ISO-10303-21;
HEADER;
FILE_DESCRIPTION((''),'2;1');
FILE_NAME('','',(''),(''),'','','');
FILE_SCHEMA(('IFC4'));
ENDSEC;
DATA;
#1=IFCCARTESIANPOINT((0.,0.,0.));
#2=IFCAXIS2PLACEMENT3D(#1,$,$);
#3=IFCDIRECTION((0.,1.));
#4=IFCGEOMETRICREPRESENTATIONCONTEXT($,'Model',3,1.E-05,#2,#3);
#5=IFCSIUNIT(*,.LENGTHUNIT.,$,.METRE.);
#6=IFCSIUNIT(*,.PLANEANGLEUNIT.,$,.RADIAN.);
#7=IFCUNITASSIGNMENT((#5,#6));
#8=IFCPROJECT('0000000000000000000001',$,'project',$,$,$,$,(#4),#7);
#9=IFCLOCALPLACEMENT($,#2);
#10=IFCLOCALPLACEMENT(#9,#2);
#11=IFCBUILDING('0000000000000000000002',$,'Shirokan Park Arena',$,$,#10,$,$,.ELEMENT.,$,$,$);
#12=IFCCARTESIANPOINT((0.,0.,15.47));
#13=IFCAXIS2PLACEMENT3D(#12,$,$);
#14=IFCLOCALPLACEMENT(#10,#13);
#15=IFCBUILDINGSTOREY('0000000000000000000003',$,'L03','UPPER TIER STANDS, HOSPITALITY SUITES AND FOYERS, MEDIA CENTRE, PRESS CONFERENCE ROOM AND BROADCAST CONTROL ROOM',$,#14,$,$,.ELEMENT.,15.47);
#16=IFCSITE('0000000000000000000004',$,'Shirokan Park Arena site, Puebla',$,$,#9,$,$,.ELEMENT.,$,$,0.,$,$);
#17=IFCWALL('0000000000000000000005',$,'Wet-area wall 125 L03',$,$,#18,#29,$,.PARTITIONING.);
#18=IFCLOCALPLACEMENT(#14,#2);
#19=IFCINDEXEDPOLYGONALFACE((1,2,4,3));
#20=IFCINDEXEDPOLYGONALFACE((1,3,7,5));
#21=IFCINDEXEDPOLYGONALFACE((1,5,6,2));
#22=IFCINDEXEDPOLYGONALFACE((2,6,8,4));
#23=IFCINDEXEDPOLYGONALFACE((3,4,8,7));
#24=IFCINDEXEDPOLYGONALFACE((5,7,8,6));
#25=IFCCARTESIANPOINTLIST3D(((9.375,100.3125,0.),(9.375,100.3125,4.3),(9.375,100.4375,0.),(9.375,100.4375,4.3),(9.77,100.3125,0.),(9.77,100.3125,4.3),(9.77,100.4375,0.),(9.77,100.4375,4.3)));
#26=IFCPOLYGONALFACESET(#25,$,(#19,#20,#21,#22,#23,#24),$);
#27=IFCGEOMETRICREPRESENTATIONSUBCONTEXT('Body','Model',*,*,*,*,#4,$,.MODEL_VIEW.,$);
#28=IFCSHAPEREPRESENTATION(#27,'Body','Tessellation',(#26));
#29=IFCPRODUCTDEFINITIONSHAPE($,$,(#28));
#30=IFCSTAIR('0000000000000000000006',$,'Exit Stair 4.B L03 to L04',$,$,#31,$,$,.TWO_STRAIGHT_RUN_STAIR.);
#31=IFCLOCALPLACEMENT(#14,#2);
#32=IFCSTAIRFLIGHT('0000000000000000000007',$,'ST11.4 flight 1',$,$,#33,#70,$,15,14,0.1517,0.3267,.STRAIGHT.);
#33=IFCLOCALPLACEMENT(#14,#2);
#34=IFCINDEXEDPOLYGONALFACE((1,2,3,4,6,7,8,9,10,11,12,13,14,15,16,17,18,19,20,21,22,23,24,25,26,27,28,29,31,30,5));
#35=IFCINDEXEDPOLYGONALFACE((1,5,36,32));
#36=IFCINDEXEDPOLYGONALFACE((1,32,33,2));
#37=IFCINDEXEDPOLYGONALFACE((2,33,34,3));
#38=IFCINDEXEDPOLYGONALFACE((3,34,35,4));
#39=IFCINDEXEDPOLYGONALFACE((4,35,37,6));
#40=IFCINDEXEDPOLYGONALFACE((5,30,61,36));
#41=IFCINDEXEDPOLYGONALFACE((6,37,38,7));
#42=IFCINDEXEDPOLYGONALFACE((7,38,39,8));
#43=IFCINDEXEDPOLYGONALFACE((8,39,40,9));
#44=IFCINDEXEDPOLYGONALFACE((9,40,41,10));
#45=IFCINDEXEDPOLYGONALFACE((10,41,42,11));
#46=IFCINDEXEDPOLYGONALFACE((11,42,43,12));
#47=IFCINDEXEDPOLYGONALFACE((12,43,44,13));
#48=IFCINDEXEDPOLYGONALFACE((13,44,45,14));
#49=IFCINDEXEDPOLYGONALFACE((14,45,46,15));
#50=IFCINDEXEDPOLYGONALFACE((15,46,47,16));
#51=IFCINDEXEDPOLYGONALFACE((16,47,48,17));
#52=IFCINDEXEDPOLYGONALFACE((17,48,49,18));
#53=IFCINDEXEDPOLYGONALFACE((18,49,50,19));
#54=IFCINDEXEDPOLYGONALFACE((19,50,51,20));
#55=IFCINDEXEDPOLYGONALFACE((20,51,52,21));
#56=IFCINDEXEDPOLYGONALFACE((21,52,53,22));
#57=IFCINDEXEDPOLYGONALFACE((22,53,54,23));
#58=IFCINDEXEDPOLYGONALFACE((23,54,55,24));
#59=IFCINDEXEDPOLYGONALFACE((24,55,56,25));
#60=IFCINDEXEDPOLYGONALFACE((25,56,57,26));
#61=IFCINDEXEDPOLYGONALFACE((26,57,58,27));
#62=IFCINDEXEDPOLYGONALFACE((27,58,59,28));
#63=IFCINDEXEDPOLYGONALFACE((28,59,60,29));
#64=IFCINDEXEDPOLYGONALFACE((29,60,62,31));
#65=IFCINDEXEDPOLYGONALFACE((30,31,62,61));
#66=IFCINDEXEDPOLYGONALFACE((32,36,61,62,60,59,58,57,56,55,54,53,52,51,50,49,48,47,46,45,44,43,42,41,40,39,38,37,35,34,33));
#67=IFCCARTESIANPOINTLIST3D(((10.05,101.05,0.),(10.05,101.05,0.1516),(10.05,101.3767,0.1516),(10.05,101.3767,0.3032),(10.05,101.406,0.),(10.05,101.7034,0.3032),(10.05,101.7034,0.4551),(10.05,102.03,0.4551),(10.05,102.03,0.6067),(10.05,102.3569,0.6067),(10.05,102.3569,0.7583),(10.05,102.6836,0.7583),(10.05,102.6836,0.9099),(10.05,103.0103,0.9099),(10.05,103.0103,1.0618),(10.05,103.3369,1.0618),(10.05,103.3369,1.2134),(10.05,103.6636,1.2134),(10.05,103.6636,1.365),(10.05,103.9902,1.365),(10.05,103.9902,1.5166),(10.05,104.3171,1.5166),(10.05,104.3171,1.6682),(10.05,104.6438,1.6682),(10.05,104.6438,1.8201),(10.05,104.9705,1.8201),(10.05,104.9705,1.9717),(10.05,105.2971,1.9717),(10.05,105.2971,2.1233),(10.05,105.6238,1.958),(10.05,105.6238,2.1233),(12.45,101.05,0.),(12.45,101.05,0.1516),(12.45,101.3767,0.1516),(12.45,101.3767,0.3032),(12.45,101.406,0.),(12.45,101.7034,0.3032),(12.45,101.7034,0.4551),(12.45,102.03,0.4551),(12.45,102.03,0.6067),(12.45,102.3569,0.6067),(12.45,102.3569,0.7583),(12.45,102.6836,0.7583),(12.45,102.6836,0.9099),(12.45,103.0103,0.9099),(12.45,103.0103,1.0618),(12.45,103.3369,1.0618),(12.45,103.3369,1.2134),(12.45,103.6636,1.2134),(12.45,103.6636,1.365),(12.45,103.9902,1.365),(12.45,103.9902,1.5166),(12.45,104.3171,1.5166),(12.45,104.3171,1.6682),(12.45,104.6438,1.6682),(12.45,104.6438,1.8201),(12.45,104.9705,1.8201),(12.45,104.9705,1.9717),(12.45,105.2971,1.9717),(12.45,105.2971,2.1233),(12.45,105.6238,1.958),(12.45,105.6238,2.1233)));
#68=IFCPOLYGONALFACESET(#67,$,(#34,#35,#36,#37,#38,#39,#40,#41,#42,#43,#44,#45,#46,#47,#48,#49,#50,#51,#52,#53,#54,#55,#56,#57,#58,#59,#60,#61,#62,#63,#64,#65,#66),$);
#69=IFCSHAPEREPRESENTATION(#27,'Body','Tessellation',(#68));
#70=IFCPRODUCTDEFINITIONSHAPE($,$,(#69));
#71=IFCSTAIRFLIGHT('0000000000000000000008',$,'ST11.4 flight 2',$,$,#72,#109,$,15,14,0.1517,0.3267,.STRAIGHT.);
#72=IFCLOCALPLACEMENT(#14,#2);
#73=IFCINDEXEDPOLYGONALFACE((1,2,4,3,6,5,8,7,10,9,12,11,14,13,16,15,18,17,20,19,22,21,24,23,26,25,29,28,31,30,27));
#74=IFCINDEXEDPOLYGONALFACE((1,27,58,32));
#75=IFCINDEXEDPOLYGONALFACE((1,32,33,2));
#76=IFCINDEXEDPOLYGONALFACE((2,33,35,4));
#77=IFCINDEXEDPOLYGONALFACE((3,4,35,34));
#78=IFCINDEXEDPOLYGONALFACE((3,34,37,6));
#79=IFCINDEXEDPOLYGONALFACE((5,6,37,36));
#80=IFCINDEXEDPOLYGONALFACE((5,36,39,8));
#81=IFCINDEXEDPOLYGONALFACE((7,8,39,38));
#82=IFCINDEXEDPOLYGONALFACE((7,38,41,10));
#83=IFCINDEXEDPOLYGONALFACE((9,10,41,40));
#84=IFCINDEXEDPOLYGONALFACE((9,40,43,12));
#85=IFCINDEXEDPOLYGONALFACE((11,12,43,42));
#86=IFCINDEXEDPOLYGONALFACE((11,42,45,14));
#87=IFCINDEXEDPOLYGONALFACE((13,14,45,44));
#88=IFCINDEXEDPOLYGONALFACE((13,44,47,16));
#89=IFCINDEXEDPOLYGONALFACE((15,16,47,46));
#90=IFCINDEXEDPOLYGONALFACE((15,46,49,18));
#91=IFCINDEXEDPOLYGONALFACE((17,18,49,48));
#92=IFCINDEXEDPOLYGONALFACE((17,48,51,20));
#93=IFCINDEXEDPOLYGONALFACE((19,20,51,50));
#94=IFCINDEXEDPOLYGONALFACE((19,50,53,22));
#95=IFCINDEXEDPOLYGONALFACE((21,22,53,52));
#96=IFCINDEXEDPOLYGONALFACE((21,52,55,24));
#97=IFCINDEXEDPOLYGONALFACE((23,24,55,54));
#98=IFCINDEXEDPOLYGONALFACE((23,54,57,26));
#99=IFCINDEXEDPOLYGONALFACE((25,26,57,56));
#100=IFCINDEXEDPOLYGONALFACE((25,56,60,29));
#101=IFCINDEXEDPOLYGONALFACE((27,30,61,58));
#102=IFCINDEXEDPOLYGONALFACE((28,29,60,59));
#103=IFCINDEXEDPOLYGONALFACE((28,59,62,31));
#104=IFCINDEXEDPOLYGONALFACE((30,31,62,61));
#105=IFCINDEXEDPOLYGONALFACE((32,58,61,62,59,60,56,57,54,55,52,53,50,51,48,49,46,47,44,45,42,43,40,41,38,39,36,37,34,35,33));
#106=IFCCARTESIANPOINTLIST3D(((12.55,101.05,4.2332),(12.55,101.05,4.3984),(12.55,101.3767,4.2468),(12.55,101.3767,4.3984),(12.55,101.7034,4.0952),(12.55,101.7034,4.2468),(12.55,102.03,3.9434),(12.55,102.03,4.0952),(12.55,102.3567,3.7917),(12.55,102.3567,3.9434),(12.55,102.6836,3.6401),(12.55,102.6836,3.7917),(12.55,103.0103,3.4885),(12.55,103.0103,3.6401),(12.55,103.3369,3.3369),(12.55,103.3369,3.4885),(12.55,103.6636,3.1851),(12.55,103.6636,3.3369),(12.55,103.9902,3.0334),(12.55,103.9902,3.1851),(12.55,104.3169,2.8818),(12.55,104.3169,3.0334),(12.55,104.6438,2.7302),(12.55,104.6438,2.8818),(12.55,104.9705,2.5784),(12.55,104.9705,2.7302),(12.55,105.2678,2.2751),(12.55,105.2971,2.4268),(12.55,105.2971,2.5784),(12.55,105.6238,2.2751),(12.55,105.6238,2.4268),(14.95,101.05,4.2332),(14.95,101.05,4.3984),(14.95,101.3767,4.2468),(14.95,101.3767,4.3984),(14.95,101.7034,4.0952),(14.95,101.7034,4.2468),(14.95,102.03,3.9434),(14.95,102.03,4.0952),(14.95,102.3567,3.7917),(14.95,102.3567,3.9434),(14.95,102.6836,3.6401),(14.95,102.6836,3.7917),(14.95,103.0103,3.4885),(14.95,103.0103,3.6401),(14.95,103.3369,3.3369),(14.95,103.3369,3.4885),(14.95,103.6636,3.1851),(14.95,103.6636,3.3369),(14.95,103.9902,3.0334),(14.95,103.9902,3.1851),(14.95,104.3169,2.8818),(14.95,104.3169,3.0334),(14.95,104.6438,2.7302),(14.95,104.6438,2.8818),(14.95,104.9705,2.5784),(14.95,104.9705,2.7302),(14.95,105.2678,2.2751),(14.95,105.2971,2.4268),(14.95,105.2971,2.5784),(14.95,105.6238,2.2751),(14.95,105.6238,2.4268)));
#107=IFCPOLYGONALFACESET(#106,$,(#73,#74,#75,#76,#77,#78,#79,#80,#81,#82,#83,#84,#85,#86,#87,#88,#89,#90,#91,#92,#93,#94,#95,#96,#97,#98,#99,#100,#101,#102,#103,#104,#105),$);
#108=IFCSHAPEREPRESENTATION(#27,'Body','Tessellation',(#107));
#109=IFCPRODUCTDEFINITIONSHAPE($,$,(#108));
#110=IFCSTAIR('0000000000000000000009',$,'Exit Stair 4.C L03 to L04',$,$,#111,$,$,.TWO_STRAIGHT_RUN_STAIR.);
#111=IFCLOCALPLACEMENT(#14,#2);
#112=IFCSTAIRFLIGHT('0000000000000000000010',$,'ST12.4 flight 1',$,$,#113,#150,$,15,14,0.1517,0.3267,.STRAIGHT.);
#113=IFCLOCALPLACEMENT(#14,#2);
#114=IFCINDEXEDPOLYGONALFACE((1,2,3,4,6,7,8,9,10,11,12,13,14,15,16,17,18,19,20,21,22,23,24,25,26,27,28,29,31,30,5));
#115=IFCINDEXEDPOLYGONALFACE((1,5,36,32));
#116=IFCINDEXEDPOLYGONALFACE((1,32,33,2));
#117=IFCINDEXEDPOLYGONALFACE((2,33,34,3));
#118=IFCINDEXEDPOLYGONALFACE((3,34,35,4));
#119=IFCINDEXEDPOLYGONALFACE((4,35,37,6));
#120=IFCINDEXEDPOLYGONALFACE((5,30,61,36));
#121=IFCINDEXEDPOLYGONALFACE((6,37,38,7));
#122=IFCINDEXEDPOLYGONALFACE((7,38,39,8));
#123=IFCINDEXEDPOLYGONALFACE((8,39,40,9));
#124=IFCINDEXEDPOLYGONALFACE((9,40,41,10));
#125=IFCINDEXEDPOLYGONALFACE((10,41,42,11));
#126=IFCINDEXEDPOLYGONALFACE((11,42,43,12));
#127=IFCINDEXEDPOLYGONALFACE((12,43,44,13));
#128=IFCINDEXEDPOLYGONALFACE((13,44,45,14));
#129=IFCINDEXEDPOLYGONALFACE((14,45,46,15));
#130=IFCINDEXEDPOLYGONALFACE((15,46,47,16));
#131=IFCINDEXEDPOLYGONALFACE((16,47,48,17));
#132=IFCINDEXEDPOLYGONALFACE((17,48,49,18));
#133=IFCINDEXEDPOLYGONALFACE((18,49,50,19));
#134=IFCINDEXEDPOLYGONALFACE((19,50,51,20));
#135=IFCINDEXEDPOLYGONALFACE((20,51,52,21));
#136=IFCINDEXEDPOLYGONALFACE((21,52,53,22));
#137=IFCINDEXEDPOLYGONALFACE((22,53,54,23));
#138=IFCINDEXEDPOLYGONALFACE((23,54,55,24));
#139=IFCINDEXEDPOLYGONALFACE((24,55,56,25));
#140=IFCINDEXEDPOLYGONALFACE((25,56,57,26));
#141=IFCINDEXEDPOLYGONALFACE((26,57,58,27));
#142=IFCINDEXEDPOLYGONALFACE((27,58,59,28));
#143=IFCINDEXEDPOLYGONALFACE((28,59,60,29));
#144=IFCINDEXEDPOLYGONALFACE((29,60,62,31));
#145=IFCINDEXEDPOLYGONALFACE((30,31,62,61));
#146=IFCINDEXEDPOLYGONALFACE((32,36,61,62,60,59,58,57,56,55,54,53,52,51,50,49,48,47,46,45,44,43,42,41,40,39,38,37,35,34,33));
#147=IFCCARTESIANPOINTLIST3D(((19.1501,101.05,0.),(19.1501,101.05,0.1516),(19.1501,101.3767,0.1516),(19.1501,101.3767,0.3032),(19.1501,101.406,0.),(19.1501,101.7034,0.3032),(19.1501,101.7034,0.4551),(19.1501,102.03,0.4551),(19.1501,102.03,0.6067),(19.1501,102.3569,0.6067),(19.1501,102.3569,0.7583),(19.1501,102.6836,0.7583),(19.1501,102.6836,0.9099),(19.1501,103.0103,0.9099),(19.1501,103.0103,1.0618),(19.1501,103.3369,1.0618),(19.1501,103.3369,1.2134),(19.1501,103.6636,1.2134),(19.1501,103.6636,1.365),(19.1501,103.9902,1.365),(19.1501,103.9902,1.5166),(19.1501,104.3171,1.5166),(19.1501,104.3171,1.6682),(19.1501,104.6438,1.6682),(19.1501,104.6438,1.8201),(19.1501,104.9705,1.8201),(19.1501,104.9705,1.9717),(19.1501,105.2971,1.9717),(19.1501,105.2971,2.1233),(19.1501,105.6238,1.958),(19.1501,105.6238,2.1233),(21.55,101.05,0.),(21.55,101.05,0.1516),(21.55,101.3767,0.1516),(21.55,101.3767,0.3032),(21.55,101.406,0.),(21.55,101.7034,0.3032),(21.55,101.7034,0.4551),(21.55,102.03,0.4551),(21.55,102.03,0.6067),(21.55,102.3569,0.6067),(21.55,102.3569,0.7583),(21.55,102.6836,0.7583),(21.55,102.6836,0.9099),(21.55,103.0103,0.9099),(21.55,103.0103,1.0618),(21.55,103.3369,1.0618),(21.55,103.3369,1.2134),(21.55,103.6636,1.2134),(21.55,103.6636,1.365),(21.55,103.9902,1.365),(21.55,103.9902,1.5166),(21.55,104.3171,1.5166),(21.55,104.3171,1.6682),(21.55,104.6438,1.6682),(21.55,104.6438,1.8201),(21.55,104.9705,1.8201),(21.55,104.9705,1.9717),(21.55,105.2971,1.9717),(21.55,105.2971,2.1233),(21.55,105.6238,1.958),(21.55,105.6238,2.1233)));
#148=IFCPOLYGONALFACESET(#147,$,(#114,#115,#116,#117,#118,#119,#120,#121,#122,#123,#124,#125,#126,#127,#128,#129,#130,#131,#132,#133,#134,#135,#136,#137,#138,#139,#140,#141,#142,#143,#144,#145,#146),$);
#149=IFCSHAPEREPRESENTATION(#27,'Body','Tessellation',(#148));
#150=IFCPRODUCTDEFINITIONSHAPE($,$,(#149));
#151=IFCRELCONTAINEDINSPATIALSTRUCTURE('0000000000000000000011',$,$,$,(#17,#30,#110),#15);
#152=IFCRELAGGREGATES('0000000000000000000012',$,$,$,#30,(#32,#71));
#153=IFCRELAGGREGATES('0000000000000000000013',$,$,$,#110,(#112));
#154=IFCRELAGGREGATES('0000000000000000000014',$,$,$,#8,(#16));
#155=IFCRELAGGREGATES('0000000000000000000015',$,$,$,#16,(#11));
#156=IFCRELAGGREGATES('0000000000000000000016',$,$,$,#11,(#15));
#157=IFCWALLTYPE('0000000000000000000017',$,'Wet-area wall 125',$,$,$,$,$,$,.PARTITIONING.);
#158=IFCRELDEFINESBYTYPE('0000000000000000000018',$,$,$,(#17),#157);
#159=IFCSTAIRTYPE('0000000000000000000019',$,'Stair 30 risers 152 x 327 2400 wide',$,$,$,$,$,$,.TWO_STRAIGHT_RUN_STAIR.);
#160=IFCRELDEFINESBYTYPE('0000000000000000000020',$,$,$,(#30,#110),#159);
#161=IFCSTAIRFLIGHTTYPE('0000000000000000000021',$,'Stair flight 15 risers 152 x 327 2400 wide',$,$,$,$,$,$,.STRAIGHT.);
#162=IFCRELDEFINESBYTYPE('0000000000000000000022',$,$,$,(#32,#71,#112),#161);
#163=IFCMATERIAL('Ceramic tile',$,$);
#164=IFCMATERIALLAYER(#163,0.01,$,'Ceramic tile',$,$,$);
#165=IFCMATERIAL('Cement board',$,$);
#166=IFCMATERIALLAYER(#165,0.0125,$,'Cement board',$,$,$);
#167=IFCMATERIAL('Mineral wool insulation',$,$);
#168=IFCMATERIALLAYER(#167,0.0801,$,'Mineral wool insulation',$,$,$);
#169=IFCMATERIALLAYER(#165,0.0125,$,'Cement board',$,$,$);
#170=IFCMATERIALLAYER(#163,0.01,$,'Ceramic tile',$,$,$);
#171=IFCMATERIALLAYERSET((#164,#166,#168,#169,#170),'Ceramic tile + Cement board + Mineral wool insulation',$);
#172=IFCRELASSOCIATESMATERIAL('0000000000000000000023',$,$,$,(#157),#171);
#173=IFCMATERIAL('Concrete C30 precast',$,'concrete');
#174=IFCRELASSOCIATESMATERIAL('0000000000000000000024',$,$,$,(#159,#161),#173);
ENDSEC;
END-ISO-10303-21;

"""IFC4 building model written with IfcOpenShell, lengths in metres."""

from ifc_helpers import new_model, si_unit, direction, frame, frame_2d, origin, place, context, subcontext, project, spatial, polyline, rectangle, outline, extrude, material, layer, layer_set, type_object, element, aggregate, save


model = new_model("IFC4")

# Units and contexts
model_context = context("Model", 3, precision=1e-05, world=origin(), true_north=direction((0.0, 1.0)))
body_context = subcontext(model_context, "Body", "Model", "MODEL_VIEW")
ifc_project = project(units=[si_unit("LENGTHUNIT", "METRE"), si_unit("PLANEANGLEUNIT", "RADIAN")], contexts=[model_context])

# Site, building, storey
site_placement = place(None, origin())
site = spatial("IfcSite", under=ifc_project, at=site_placement, Name="Shirokan Park Arena site, Puebla", CompositionType="ELEMENT", RefElevation=0.0)
building_placement = place(site_placement, origin())
building = spatial("IfcBuilding", under=site, at=building_placement, Name="Shirokan Park Arena", CompositionType="ELEMENT")
storey_placement = place(building_placement, frame((0.0, 0.0, 15.47)))
storey = spatial("IfcBuildingStorey", under=building, at=storey_placement, Name="L03", Description="UPPER TIER STANDS, HOSPITALITY SUITES AND FOYERS, MEDIA CENTRE, PRESS CONFERENCE ROOM AND BROADCAST CONTROL ROOM", CompositionType="ELEMENT", Elevation=15.47)

# Shared definitions
ifc_material_1 = material(Name="Mineral wool insulation")

# Wall
ifc_material_2 = material(Name="Ceramic tile")
ifc_layer_1 = layer(ifc_material_2, 0.01, Name="Ceramic tile")
ifc_material_3 = material(Name="Cement board")
ifc_layer_2 = layer(ifc_material_3, 0.0125, Name="Cement board")
ifc_layer_3 = layer(ifc_material_1, 0.0801, Name="Mineral wool insulation")
ifc_layer_4 = layer(ifc_material_3, 0.0125, Name="Cement board")
ifc_layer_5 = layer(ifc_material_2, 0.01, Name="Ceramic tile")
ifc_layer_set_1 = layer_set([ifc_layer_1, ifc_layer_2, ifc_layer_3, ifc_layer_4, ifc_layer_5], Name="Ceramic tile + Cement board + Mineral wool insulation")
wall_type_1 = type_object("IfcWallType", Name="Wet-area wall 125", PredefinedType="PARTITIONING", material=ifc_layer_set_1)
for number, where, z_axis, x_axis, name in (
    (1, (9.77, 100.375, 0.0), (0.0, 0.0, 1.0), (-1.0, 0.0, 0.0), "Wet-area wall 125 L03"),
):
    element("IfcWall", number, at=place(storey_placement, frame(where, z_axis=z_axis, x_axis=x_axis)), inside=storey, type_object=wall_type_1, Name=name, PredefinedType="PARTITIONING", context=body_context, shape_type="SweptSolid", body=[
        extrude(rectangle(XDim=0.395, YDim=0.125, at=frame_2d((0.1975, 0.0))), origin(), (0.0, 0.0, 1.0), 4.3),
    ])

# Stair, stair flights
ifc_material_4 = material(Name="Concrete C30 precast", Category="concrete")
stair_type = type_object("IfcStairType", Name="Stair 30 risers 152 x 327 2400 wide", PredefinedType="TWO_STRAIGHT_RUN_STAIR", material=ifc_material_4)
stair_1_placement = place(storey_placement, origin())
stair_1 = element("IfcStair", 2, at=stair_1_placement, inside=storey, type_object=stair_type, Name="Exit Stair 4.B L03 to L04", PredefinedType="TWO_STRAIGHT_RUN_STAIR")
stair_flight_type = type_object("IfcStairFlightType", Name="Stair flight 15 risers 152 x 327 2400 wide", PredefinedType="STRAIGHT", material=ifc_material_4)
stair_flight_1_placement = place(storey_placement, frame((11.25, 101.05, 0.0), z_axis=(0.0, 0.0, 1.0), x_axis=(0.0, 1.0, 0.0)))
stair_flight_1 = element("IfcStairFlight", 3, at=stair_flight_1_placement, type_object=stair_flight_type, Name="ST11.4 flight 1", NumberOfRisers=15, NumberOfTreads=14, PredefinedType="STRAIGHT", RiserHeight=0.1517, TreadLength=0.3267, context=body_context, shape_type="SweptSolid", body=[
    extrude(outline(polyline([(0.0, 0.0), (0.0, 0.1516), (0.3267, 0.1516), (0.3267, 0.3032), (0.6533, 0.3032), (0.6533, 0.4551), (0.98, 0.4551), (0.98, 0.6067), (1.3069, 0.6067), (1.3069, 0.7583), (1.6335, 0.7583), (1.6335, 0.9099), (1.9602, 0.9099), (1.9602, 1.0618), (2.2869, 1.0618), (2.2869, 1.2134), (2.6135, 1.2134), (2.6135, 1.365), (2.9402, 1.365), (2.9402, 1.5166), (3.2671, 1.5166), (3.2671, 1.6682), (3.5938, 1.6682), (3.5938, 1.8201), (3.9204, 1.8201), (3.9204, 1.9717), (4.2471, 1.9717), (4.2471, 2.1233), (4.5737, 2.1233), (4.5737, 2.2749), (4.5737, 1.958), (0.356, 0.0), (0.0, 0.0)])), frame((0.0, 1.2, 0.0), z_axis=(0.0, -1.0, 0.0), x_axis=(1.0, 0.0, 0.0)), (0.0, 0.0, 1.0), 2.3999),
])
stair_flight_2_placement = place(storey_placement, frame((13.75, 105.6238, 2.2751), z_axis=(0.0, 0.0, 1.0), x_axis=(0.0, -1.0, 0.0)))
stair_flight_2 = element("IfcStairFlight", 4, at=stair_flight_2_placement, type_object=stair_flight_type, Name="ST11.4 flight 2", NumberOfRisers=15, NumberOfTreads=14, PredefinedType="STRAIGHT", RiserHeight=0.1517, TreadLength=0.3267, context=body_context, shape_type="SweptSolid", body=[
    extrude(outline(polyline([(0.0, 0.0), (0.0, 0.1516), (0.3267, 0.1516), (0.3267, 0.3032), (0.6533, 0.3032), (0.6533, 0.4551), (0.98, 0.4551), (0.98, 0.6067), (1.3069, 0.6067), (1.3069, 0.7583), (1.6335, 0.7583), (1.6335, 0.9099), (1.9602, 0.9099), (1.9602, 1.0618), (2.2869, 1.0618), (2.2869, 1.2134), (2.6135, 1.2134), (2.6135, 1.365), (2.9402, 1.365), (2.9402, 1.5166), (3.2671, 1.5166), (3.2671, 1.6682), (3.5938, 1.6682), (3.5938, 1.8201), (3.9204, 1.8201), (3.9204, 1.9717), (4.2471, 1.9717), (4.2471, 2.1233), (4.5737, 2.1233), (4.5737, 2.2749), (4.5737, 1.958), (0.356, 0.0), (0.0, 0.0)])), frame((0.0, 1.2, 0.0), z_axis=(0.0, -1.0, 0.0), x_axis=(1.0, 0.0, 0.0)), (0.0, 0.0, 1.0), 2.3999),
])
aggregate(stair_1, [stair_flight_1, stair_flight_2])

# Stair, stair flight
stair_2_placement = place(storey_placement, origin())
stair_2 = element("IfcStair", 5, at=stair_2_placement, inside=storey, type_object=stair_type, Name="Exit Stair 4.C L03 to L04", PredefinedType="TWO_STRAIGHT_RUN_STAIR")
stair_flight_3_placement = place(storey_placement, frame((20.3501, 101.05, 0.0), z_axis=(0.0, 0.0, 1.0), x_axis=(0.0, 1.0, 0.0)))
stair_flight_3 = element("IfcStairFlight", 6, at=stair_flight_3_placement, type_object=stair_flight_type, Name="ST12.4 flight 1", NumberOfRisers=15, NumberOfTreads=14, PredefinedType="STRAIGHT", RiserHeight=0.1517, TreadLength=0.3267, context=body_context, shape_type="SweptSolid", body=[
    extrude(outline(polyline([(0.0, 0.0), (0.0, 0.1516), (0.3267, 0.1516), (0.3267, 0.3032), (0.6533, 0.3032), (0.6533, 0.4551), (0.98, 0.4551), (0.98, 0.6067), (1.3069, 0.6067), (1.3069, 0.7583), (1.6335, 0.7583), (1.6335, 0.9099), (1.9602, 0.9099), (1.9602, 1.0618), (2.2869, 1.0618), (2.2869, 1.2134), (2.6135, 1.2134), (2.6135, 1.365), (2.9402, 1.365), (2.9402, 1.5166), (3.2671, 1.5166), (3.2671, 1.6682), (3.5938, 1.6682), (3.5938, 1.8201), (3.9204, 1.8201), (3.9204, 1.9717), (4.2471, 1.9717), (4.2471, 2.1233), (4.5737, 2.1233), (4.5737, 2.2749), (4.5737, 1.958), (0.356, 0.0), (0.0, 0.0)])), frame((0.0, 1.2, 0.0), z_axis=(0.0, -1.0, 0.0), x_axis=(1.0, 0.0, 0.0)), (0.0, 0.0, 1.0), 2.3999),
])
aggregate(stair_2, [stair_flight_3])

save(model, "model.ifc")
